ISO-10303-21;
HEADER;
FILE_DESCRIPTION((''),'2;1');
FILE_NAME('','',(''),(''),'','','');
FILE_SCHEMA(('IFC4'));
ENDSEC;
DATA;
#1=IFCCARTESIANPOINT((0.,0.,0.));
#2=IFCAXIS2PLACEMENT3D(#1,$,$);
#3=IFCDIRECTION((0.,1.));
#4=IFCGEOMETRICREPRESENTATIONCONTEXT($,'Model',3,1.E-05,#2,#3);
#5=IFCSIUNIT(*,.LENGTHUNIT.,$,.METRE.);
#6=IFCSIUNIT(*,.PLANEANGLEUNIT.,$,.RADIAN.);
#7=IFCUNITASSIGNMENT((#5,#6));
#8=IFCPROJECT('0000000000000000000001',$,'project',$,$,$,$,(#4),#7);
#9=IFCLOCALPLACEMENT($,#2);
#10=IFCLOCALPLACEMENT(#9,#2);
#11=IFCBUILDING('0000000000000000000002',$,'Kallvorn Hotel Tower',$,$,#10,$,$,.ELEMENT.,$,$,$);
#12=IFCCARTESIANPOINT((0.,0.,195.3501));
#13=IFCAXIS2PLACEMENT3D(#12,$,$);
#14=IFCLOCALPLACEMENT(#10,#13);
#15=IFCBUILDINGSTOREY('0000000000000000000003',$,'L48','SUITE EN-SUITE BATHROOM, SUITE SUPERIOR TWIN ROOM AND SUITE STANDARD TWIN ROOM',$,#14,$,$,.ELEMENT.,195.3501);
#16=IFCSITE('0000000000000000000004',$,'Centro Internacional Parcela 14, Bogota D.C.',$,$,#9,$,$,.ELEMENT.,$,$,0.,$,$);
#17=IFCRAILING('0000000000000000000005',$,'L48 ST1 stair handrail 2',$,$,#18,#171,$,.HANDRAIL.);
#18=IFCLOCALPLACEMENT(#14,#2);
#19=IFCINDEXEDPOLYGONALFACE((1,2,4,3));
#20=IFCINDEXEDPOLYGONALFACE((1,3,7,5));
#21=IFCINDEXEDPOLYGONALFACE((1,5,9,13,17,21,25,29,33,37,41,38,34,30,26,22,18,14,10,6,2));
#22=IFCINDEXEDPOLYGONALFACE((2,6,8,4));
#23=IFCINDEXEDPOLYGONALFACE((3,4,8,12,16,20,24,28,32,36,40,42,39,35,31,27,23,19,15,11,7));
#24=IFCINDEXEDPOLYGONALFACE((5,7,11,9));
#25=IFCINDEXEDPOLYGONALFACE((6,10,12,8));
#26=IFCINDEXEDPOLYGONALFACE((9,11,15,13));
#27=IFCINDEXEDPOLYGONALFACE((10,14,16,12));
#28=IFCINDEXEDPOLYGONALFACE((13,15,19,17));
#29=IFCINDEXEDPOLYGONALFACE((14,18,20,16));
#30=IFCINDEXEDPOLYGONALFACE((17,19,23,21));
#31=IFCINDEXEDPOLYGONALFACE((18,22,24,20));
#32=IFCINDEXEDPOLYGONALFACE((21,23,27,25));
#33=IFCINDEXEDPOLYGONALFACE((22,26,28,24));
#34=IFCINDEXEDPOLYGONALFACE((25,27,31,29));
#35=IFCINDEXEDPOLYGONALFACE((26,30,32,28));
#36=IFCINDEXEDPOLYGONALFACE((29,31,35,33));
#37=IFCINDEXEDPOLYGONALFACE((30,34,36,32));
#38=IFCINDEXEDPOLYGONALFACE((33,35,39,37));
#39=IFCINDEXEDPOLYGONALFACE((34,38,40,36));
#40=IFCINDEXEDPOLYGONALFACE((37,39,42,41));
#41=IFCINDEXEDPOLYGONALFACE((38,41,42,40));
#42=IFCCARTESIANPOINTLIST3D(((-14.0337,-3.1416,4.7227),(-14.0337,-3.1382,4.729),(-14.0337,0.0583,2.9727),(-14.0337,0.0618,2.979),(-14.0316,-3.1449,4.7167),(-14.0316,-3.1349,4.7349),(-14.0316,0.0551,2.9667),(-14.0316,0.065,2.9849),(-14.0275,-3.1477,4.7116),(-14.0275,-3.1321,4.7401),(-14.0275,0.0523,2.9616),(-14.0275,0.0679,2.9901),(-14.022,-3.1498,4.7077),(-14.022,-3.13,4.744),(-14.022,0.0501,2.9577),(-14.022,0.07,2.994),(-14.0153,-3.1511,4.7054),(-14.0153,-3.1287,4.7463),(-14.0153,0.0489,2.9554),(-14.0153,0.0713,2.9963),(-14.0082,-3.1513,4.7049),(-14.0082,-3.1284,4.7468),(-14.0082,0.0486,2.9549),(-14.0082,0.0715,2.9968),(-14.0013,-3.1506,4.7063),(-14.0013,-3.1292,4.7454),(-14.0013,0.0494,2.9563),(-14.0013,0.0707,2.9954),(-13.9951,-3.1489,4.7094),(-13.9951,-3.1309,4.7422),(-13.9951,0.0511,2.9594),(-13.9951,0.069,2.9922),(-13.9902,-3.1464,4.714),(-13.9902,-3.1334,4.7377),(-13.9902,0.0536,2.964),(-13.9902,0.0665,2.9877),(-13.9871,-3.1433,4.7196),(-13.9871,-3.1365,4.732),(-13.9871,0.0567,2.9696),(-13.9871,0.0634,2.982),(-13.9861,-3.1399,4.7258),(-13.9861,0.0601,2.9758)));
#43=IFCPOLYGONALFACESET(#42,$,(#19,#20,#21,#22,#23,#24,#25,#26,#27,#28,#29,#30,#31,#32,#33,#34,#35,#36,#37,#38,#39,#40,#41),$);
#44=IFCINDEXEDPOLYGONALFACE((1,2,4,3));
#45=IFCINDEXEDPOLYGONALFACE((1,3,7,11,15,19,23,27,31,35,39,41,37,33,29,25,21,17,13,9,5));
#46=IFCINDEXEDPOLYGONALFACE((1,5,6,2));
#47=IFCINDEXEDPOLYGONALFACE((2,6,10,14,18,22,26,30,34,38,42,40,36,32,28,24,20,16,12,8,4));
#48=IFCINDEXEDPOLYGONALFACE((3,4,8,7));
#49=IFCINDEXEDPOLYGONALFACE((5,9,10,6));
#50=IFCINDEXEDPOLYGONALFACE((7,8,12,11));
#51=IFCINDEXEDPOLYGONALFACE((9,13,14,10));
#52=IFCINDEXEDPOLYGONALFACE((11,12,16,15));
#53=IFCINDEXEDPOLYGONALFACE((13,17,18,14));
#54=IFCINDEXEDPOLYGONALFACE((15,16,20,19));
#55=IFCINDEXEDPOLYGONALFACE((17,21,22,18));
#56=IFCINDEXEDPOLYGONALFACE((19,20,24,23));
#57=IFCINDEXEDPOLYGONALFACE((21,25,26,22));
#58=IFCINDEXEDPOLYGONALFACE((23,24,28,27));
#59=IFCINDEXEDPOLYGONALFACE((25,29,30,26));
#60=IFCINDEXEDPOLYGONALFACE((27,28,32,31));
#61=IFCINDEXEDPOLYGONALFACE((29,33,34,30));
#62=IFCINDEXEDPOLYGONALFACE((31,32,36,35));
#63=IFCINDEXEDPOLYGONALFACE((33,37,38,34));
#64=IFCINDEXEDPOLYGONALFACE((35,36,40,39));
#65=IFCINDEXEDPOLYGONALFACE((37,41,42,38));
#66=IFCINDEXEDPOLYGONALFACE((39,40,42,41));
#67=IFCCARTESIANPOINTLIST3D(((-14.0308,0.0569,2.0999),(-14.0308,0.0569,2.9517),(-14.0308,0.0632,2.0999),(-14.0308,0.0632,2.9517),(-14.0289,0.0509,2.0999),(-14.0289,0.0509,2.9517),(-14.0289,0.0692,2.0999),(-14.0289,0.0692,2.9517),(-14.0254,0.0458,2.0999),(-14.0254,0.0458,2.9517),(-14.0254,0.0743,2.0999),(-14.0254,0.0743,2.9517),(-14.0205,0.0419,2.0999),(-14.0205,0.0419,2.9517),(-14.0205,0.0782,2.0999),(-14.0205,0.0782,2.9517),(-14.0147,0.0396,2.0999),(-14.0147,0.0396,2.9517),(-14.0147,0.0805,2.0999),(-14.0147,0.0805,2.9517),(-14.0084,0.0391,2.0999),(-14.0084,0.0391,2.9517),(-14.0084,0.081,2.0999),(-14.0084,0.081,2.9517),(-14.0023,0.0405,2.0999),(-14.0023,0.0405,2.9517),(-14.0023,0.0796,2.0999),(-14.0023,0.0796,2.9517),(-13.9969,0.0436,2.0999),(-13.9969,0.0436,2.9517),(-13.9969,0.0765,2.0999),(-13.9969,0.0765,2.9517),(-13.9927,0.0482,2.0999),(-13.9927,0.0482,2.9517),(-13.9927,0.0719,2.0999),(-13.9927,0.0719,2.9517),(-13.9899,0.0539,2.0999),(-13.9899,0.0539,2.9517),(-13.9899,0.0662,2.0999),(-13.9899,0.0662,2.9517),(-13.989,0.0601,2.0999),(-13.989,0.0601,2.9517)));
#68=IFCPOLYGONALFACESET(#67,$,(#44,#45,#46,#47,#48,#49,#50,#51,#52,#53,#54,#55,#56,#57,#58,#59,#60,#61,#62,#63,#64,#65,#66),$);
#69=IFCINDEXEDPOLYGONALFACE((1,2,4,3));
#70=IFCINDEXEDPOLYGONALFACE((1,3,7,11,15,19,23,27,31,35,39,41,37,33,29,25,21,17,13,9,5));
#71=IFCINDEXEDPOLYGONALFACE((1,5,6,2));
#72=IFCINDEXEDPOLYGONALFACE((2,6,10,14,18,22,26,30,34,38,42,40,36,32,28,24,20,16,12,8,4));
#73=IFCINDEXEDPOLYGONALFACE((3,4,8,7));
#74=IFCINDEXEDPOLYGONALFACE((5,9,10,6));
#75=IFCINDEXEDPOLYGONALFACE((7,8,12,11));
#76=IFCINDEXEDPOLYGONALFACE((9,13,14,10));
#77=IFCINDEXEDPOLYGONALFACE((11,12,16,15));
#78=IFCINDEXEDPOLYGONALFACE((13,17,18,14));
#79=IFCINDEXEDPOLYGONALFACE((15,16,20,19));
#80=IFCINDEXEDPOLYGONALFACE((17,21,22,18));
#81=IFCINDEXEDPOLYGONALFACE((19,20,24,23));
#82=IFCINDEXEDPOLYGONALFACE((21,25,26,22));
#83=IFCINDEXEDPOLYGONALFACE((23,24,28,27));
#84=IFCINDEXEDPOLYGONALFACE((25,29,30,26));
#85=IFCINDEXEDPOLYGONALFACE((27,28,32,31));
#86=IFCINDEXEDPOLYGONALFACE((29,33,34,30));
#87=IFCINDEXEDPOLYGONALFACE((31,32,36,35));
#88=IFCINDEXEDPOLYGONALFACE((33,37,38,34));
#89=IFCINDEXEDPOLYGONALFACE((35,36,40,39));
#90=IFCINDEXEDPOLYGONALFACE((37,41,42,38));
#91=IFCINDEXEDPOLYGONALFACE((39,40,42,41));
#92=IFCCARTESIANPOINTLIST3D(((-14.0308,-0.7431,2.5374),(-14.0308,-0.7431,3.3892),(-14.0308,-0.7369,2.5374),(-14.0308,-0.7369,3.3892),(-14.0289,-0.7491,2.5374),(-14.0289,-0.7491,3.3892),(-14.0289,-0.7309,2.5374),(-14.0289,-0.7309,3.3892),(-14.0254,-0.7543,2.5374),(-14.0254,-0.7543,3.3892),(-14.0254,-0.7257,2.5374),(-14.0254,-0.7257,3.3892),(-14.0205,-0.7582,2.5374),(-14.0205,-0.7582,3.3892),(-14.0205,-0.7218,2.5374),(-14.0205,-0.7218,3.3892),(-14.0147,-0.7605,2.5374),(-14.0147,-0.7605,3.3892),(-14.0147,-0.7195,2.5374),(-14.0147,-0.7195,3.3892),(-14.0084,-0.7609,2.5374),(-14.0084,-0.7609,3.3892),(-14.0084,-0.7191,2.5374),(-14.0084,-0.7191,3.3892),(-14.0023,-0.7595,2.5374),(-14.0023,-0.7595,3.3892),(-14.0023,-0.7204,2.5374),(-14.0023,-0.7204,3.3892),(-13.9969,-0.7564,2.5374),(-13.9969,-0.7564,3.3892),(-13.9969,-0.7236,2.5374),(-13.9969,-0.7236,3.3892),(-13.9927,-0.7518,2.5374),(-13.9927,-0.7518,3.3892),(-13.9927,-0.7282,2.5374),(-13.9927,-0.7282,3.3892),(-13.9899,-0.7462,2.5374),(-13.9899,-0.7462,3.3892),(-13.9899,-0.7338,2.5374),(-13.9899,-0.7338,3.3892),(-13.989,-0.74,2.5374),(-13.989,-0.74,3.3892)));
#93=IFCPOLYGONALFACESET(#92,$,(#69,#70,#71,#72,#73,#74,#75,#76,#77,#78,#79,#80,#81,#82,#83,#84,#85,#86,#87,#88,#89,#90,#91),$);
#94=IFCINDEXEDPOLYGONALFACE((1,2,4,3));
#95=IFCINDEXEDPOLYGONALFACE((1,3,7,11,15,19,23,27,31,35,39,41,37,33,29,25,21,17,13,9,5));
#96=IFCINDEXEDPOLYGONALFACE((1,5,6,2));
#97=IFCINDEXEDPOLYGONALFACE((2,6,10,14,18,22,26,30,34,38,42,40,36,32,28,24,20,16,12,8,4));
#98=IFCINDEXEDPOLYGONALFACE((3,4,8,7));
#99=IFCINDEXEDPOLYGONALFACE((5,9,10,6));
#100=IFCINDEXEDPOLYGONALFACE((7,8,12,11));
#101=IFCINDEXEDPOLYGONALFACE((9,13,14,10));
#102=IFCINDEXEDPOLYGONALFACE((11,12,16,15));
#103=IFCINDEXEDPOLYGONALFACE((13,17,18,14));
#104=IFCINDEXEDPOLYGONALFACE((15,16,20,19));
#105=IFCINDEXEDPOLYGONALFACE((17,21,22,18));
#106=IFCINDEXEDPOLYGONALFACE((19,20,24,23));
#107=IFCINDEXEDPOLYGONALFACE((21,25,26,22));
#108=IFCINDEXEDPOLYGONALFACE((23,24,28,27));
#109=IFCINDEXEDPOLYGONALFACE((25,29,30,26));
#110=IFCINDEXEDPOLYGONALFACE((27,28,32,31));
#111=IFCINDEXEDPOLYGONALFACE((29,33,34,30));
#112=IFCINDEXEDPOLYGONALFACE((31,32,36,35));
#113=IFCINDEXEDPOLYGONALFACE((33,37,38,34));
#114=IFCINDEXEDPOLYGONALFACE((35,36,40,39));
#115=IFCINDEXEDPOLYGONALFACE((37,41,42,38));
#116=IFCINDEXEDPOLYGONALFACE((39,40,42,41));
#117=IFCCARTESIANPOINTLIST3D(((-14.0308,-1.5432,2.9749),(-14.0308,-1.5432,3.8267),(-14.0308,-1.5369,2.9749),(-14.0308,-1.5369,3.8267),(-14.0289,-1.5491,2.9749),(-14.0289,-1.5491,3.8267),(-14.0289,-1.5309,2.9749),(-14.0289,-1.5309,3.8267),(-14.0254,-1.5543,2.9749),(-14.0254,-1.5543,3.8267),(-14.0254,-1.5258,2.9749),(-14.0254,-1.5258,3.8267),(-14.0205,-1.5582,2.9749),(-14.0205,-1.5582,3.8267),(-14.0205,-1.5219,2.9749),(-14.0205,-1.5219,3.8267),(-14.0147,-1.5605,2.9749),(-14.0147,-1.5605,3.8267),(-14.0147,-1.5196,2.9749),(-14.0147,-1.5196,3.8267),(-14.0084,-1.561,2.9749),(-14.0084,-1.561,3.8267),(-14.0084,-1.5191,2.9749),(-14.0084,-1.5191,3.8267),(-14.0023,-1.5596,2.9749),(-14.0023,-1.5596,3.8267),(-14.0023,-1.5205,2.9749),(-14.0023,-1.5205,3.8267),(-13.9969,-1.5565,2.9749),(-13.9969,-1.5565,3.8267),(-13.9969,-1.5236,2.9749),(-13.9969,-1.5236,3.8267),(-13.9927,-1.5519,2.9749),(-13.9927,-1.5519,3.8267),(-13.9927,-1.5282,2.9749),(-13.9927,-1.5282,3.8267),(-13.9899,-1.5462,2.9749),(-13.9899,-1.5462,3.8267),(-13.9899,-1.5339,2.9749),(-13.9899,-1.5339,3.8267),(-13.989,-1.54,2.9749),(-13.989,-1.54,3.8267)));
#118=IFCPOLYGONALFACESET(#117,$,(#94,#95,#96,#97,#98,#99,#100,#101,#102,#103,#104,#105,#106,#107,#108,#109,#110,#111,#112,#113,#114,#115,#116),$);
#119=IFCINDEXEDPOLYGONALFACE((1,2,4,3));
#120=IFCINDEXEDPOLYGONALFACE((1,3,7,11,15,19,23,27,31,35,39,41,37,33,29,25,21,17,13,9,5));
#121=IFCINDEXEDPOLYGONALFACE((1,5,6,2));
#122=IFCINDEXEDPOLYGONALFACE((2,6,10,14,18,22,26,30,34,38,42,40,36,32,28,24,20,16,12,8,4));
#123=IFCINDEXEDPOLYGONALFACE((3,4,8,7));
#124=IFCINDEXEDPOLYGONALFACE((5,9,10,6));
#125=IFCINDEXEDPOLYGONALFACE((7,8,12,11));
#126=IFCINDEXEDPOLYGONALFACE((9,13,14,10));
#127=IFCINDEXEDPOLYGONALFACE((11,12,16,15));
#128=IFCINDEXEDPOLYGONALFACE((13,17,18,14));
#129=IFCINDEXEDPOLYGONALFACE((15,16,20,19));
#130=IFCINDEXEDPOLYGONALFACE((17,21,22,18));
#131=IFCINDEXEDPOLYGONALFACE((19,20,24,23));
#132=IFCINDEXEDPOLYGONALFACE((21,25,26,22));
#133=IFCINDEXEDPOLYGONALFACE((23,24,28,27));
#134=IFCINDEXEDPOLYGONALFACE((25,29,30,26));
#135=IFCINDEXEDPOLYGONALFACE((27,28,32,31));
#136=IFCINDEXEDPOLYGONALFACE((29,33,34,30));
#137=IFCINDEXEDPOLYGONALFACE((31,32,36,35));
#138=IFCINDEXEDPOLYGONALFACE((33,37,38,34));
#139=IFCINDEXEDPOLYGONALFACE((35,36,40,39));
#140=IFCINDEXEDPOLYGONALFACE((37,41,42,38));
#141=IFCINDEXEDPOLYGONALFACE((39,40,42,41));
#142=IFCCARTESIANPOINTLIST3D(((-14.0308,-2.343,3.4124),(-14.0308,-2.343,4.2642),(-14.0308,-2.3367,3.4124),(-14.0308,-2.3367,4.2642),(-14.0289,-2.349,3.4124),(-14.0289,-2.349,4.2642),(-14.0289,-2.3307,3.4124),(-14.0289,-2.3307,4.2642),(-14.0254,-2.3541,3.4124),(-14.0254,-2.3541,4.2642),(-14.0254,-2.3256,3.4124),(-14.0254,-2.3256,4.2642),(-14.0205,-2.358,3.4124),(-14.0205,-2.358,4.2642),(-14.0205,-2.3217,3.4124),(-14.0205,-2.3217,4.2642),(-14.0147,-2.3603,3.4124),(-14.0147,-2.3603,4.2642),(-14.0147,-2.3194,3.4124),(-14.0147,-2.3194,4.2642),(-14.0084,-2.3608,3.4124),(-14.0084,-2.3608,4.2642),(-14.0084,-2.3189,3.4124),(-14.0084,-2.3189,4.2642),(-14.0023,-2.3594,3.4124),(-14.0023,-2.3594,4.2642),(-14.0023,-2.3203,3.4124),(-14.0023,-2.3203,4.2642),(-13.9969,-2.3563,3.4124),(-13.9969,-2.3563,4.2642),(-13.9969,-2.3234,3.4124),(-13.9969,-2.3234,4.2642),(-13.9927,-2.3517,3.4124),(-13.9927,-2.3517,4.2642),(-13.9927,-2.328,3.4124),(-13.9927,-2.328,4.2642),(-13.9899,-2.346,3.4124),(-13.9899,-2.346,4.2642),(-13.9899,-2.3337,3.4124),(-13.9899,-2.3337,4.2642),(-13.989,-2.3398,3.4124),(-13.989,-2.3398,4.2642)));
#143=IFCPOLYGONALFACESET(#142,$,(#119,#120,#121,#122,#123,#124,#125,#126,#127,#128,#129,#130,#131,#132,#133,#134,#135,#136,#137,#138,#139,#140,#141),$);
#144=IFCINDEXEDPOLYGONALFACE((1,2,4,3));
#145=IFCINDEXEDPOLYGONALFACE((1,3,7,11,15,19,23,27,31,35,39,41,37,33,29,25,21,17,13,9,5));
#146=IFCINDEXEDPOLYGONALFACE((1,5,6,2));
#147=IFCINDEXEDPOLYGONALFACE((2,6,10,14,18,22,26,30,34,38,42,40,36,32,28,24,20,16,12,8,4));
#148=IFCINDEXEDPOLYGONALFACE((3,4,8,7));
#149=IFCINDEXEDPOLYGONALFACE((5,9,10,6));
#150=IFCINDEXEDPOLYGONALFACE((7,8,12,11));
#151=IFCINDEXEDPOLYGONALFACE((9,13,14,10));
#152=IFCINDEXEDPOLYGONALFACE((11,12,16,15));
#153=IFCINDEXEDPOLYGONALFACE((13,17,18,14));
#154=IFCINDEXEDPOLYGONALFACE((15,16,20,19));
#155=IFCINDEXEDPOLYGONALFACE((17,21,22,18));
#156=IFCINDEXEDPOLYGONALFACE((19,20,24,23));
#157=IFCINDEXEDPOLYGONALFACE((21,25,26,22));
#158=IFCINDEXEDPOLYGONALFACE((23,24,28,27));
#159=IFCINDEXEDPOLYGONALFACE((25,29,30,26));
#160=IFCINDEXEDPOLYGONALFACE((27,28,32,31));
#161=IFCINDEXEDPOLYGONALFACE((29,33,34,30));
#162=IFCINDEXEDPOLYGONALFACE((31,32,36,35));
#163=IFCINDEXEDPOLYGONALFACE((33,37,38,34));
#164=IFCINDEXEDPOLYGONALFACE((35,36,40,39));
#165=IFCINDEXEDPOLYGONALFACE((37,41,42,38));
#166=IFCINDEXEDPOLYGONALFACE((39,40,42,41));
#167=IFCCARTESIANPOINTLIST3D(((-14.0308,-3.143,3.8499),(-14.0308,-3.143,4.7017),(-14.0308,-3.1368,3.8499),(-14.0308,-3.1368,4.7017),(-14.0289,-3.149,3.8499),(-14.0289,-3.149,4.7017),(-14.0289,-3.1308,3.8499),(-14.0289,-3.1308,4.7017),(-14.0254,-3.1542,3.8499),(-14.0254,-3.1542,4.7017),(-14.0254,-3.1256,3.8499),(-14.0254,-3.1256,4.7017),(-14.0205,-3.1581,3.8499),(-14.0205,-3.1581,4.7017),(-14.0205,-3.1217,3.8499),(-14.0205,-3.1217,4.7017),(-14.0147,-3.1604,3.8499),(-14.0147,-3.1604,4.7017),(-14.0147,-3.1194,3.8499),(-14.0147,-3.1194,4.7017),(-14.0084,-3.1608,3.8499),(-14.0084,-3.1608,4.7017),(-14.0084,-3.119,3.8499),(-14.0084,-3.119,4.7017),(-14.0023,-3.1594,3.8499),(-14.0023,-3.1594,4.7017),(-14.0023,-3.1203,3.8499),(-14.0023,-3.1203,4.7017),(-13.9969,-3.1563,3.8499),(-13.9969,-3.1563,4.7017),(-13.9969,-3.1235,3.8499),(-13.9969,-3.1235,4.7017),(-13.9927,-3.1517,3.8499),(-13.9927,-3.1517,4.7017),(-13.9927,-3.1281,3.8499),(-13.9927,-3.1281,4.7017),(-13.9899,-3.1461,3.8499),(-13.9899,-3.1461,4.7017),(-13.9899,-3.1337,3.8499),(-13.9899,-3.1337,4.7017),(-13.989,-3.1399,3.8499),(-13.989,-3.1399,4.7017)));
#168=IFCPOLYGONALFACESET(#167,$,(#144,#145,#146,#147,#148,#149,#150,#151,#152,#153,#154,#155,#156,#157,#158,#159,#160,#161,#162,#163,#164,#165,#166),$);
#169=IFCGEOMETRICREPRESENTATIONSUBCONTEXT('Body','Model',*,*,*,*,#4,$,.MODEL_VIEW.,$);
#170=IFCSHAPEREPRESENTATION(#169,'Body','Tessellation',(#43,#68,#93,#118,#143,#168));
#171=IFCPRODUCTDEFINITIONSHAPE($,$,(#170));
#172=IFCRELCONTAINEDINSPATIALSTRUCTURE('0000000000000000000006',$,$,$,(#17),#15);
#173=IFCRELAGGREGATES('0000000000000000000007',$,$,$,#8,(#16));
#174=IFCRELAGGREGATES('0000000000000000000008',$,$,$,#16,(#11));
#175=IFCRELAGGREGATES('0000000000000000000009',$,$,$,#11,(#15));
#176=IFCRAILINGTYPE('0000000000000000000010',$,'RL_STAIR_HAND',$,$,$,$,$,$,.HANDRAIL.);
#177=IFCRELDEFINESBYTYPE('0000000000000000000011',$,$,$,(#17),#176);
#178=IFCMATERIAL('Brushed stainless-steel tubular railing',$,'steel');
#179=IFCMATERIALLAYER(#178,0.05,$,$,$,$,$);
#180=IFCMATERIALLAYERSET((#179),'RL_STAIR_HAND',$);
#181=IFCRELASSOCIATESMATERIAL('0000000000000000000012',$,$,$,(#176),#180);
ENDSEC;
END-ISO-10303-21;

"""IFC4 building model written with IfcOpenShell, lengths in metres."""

from ifc_helpers import new_model, si_unit, direction, frame, origin, origin_2d, place, context, subcontext, project, spatial, circle, extrude, material, layer, layer_set, type_object, element, save


model = new_model("IFC4")

# Units and contexts
model_context = context("Model", 3, precision=1e-05, world=origin(), true_north=direction((0.0, 1.0)))
body_context = subcontext(model_context, "Body", "Model", "MODEL_VIEW")
ifc_project = project(units=[si_unit("LENGTHUNIT", "METRE"), si_unit("PLANEANGLEUNIT", "RADIAN")], contexts=[model_context])

# Site, building, storey
site_placement = place(None, origin())
site = spatial("IfcSite", under=ifc_project, at=site_placement, Name="Centro Internacional Parcela 14, Bogota D.C.", CompositionType="ELEMENT", RefElevation=0.0)
building_placement = place(site_placement, origin())
building = spatial("IfcBuilding", under=site, at=building_placement, Name="Kallvorn Hotel Tower", CompositionType="ELEMENT")
storey_placement = place(building_placement, frame((0.0, 0.0, 195.3501)))
storey = spatial("IfcBuildingStorey", under=building, at=storey_placement, Name="L48", Description="SUITE EN-SUITE BATHROOM, SUITE SUPERIOR TWIN ROOM AND SUITE STANDARD TWIN ROOM", CompositionType="ELEMENT", Elevation=195.3501)

# Railing
ifc_material_1 = material(Name="Brushed stainless-steel tubular railing", Category="steel")
ifc_layer_1 = layer(ifc_material_1, 0.05)
ifc_layer_set_1 = layer_set([ifc_layer_1], Name="RL_STAIR_HAND")
railing_type_1 = type_object("IfcRailingType", Name="RL_STAIR_HAND", PredefinedType="HANDRAIL", material=ifc_layer_set_1)
railing_1_placement = place(storey_placement, frame((-14.01, 0.0601, 2.0999)))
element("IfcRailing", 1, at=railing_1_placement, inside=storey, type_object=railing_type_1, Name="L48 ST1 stair handrail 2", PredefinedType="HANDRAIL", context=body_context, shape_type="SweptSolid", body=[
    extrude(circle(Radius=0.0239, at=origin_2d()), frame((0.0, 0.0, 0.876), z_axis=(0.0, -0.877368, 0.479818), x_axis=(1.0, 0.0, 0.0)), (0.0, 0.0, 1.0), 3.6472),
    extrude(circle(Radius=0.021, at=origin_2d()), origin(), (0.0, 0.0, 1.0), 0.8518),
    extrude(circle(Radius=0.021, at=origin_2d()), frame((0.0, -0.8, 0.4375)), (0.0, 0.0, 1.0), 0.8518),
    extrude(circle(Radius=0.021, at=origin_2d()), frame((0.0, -1.6001, 0.875)), (0.0, 0.0, 1.0), 0.8518),
    extrude(circle(Radius=0.021, at=origin_2d()), frame((0.0, -2.3999, 1.3125)), (0.0, 0.0, 1.0), 0.8518),
    extrude(circle(Radius=0.021, at=origin_2d()), frame((0.0, -3.2, 1.75)), (0.0, 0.0, 1.0), 0.8518),
])

save(model, "model.ifc")
